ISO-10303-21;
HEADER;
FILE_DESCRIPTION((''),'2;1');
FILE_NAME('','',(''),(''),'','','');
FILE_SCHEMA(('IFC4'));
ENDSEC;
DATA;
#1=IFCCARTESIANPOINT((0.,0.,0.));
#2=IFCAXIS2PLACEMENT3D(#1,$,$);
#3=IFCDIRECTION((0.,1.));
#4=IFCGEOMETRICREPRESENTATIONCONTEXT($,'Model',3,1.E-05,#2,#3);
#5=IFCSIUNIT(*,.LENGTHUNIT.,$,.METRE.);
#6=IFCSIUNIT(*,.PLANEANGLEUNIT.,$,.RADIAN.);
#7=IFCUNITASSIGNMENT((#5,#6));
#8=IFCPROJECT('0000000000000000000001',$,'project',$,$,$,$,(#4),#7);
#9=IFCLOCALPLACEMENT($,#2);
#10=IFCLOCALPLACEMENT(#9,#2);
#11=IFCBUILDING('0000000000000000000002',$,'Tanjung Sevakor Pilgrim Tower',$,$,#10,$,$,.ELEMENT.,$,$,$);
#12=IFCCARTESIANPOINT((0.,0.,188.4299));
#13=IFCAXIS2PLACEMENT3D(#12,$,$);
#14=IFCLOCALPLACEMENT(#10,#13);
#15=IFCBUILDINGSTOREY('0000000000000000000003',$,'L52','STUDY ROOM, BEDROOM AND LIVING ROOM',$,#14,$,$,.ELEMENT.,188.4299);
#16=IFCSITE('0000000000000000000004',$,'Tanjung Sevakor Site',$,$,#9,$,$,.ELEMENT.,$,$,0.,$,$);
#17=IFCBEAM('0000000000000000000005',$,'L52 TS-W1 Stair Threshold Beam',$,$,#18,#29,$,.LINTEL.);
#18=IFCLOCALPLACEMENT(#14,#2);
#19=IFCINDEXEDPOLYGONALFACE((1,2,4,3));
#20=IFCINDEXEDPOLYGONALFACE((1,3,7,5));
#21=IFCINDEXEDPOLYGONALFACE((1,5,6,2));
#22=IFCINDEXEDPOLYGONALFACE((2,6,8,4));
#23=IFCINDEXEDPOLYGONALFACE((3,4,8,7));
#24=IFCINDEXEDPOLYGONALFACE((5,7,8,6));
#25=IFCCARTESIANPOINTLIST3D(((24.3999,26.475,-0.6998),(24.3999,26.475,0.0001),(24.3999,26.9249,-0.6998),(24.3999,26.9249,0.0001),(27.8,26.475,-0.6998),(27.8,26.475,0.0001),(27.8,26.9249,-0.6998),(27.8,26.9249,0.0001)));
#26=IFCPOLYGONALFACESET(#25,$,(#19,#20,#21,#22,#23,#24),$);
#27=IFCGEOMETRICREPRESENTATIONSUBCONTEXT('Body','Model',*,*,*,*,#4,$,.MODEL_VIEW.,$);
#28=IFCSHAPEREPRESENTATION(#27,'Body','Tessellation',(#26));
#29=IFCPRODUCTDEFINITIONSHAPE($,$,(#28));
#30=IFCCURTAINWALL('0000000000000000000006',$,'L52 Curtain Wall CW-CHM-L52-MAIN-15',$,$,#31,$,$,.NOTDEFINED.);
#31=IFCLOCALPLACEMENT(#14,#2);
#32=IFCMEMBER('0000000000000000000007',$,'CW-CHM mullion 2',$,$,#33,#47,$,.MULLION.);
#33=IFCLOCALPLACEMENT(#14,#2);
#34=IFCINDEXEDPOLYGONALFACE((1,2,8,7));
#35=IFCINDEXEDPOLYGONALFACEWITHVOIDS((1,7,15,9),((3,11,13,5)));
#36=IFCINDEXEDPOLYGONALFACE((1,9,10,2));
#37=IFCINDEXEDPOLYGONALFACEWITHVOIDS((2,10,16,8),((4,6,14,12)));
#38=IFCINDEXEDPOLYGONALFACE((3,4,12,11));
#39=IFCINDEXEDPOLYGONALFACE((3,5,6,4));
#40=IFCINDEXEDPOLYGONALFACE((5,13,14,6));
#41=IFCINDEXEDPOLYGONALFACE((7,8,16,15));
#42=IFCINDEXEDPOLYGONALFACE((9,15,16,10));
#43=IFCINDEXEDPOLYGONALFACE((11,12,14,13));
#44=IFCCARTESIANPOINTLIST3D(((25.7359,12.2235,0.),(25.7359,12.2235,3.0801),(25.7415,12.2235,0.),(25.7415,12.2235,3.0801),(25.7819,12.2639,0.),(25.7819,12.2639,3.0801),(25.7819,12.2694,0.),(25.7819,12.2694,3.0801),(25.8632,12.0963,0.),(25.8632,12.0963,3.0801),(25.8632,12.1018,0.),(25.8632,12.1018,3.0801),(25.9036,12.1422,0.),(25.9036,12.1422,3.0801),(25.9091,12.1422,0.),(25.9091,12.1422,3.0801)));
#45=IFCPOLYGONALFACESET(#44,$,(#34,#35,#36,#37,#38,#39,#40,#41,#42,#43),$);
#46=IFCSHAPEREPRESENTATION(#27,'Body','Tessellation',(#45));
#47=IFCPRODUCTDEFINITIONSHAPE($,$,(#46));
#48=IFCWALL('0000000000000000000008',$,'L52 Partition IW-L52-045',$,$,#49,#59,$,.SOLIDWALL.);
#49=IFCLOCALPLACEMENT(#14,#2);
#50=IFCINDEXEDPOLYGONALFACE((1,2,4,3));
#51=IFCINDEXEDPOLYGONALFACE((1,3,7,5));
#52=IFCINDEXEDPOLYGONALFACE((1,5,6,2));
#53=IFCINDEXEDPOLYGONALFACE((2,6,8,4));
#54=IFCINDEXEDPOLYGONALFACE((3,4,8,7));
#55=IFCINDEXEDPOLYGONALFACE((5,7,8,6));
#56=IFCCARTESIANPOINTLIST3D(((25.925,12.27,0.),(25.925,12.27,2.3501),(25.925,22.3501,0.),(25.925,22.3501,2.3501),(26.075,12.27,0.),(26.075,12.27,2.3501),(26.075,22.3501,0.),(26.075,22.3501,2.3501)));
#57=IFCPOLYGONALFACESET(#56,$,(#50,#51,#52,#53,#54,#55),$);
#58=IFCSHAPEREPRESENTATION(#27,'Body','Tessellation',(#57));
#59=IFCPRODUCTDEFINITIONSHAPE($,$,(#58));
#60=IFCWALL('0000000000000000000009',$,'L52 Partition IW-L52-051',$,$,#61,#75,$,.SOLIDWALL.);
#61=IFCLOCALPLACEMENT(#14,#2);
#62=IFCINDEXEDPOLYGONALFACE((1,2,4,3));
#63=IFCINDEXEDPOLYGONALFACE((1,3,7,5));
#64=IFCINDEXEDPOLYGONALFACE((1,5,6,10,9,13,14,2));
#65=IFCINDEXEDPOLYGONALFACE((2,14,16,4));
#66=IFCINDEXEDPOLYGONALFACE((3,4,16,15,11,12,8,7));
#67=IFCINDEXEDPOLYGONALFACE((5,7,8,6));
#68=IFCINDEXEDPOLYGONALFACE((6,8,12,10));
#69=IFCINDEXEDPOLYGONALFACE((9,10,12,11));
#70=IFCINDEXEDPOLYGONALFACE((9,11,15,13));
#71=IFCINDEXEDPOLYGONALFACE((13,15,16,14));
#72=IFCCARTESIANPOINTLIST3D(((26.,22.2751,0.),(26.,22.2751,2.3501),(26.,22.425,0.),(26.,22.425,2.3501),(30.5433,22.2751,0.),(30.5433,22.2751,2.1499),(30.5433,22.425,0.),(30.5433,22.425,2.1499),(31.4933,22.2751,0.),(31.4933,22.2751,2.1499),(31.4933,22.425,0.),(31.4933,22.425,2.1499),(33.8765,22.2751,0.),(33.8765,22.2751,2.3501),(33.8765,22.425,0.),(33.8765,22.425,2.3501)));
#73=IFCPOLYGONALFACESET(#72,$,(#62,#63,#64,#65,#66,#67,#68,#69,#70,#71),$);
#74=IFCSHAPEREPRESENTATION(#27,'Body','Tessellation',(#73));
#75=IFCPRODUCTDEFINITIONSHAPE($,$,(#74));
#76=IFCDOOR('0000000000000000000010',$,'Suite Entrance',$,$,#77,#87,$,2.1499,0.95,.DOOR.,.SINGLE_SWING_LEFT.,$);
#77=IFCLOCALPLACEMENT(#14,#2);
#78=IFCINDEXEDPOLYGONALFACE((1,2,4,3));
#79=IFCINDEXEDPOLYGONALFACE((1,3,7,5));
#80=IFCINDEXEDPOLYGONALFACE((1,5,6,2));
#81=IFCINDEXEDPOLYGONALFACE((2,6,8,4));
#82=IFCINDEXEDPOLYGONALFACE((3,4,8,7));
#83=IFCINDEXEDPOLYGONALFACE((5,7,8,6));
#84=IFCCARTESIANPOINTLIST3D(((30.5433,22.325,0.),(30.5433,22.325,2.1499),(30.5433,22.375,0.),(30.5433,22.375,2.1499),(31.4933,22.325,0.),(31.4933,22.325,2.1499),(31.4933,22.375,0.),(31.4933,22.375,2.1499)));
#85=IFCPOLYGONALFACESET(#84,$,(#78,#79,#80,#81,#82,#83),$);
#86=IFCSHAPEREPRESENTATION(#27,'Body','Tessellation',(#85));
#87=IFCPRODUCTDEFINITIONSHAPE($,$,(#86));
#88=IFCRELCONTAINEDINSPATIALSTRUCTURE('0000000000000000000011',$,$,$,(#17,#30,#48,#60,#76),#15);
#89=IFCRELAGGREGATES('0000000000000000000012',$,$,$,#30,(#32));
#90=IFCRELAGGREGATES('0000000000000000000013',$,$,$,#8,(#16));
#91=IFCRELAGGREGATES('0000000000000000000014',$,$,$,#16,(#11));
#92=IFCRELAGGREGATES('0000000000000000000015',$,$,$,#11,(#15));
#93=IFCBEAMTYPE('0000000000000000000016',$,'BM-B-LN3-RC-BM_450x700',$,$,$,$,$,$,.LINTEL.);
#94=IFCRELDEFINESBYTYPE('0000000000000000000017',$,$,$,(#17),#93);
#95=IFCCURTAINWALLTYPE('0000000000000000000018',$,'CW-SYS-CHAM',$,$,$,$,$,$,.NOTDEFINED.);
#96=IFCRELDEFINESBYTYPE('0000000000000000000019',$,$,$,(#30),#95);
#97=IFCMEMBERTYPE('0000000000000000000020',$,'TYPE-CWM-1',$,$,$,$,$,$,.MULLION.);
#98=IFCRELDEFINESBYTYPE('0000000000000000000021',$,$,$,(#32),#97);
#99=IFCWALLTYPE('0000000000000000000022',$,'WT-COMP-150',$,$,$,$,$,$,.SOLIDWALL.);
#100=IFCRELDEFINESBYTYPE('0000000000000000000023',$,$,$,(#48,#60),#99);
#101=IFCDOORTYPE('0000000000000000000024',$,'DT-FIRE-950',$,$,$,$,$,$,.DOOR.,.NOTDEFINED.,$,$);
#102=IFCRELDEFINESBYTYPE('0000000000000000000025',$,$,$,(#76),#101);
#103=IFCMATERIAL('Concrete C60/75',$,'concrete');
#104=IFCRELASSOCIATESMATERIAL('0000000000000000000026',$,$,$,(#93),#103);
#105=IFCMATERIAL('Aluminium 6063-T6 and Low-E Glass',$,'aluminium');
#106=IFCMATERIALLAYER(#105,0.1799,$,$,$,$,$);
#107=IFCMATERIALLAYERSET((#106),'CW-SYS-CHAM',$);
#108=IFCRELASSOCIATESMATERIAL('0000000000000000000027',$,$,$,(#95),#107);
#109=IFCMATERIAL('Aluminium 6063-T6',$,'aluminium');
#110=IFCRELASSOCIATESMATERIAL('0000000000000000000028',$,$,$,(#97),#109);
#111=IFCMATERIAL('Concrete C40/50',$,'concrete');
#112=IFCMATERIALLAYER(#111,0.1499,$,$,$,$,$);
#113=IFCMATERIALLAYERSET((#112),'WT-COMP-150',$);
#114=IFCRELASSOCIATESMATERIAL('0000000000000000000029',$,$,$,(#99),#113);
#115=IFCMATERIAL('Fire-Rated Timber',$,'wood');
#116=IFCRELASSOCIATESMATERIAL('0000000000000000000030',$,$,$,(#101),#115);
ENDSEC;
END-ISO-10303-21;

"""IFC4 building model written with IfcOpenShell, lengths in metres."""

from ifc_helpers import new_model, si_unit, direction, frame, frame_2d, origin, origin_2d, place, context, subcontext, project, spatial, rectangle, hollow_rectangle, extrude, material, layer, layer_set, material_profile, profile_set, type_object, element, fill, aggregate, save


model = new_model("IFC4")

# Units and contexts
model_context = context("Model", 3, precision=1e-05, world=origin(), true_north=direction((0.0, 1.0)))
body_context = subcontext(model_context, "Body", "Model", "MODEL_VIEW")
ifc_project = project(units=[si_unit("LENGTHUNIT", "METRE"), si_unit("PLANEANGLEUNIT", "RADIAN")], contexts=[model_context])

# Site, building, storey
site_placement = place(None, origin())
site = spatial("IfcSite", under=ifc_project, at=site_placement, Name="Tanjung Sevakor Site", CompositionType="ELEMENT", RefElevation=0.0)
building_placement = place(site_placement, origin())
building = spatial("IfcBuilding", under=site, at=building_placement, Name="Tanjung Sevakor Pilgrim Tower", CompositionType="ELEMENT")
storey_placement = place(building_placement, frame((0.0, 0.0, 188.4299)))
storey = spatial("IfcBuildingStorey", under=building, at=storey_placement, Name="L52", Description="STUDY ROOM, BEDROOM AND LIVING ROOM", CompositionType="ELEMENT", Elevation=188.4299)

# Beam
ifc_material_1 = material(Name="Concrete C60/75", Category="concrete")
ifc_material_profile_1 = material_profile(ifc_material_1, rectangle(XDim=0.45, YDim=0.7, at=origin_2d()))
ifc_profile_set_1 = profile_set([ifc_material_profile_1], Name="Concrete C60/75")
beam_type = type_object("IfcBeamType", Name="BM-B-LN3-RC-BM_450x700", PredefinedType="LINTEL", material=ifc_profile_set_1)
beam_placement = place(storey_placement, frame((24.3999, 26.7, -0.3499), z_axis=(1.0, 0.0, 0.0), x_axis=(0.0, 1.0, 0.0)))
element("IfcBeam", 1, at=beam_placement, inside=storey, type_object=beam_type, Name="L52 TS-W1 Stair Threshold Beam", PredefinedType="LINTEL", context=body_context, shape_type="SweptSolid", body=[
    extrude(rectangle(XDim=0.45, YDim=0.7, at=origin_2d()), origin(), (0.0, 0.0, 1.0), 3.4001),
])

# Curtain wall, member
ifc_material_2 = material(Name="Aluminium 6063-T6 and Low-E Glass", Category="aluminium")
ifc_layer_1 = layer(ifc_material_2, 0.1799)
ifc_layer_set_1 = layer_set([ifc_layer_1], Name="CW-SYS-CHAM")
curtain_wall_type = type_object("IfcCurtainWallType", Name="CW-SYS-CHAM", PredefinedType="NOTDEFINED", material=ifc_layer_set_1)
curtain_wall_placement = place(storey_placement, origin())
curtain_wall = element("IfcCurtainWall", 2, at=curtain_wall_placement, inside=storey, type_object=curtain_wall_type, Name="L52 Curtain Wall CW-CHM-L52-MAIN-15", PredefinedType="NOTDEFINED")
ifc_material_3 = material(Name="Aluminium 6063-T6", Category="aluminium")
ifc_material_profile_2 = material_profile(ifc_material_3, hollow_rectangle(XDim=0.0649, YDim=0.1799, WallThickness=0.0039, at=origin_2d()))
ifc_profile_set_2 = profile_set([ifc_material_profile_2], Name="Aluminium 6063-T6")
member_type = type_object("IfcMemberType", Name="TYPE-CWM-1", PredefinedType="MULLION", material=ifc_profile_set_2)
member_placement = place(storey_placement, frame((25.8225, 12.1829, 0.0), z_axis=(0.0, 0.0, 1.0), x_axis=(0.707107, 0.707107, 0.0)))
member = element("IfcMember", 3, at=member_placement, type_object=member_type, Name="CW-CHM mullion 2", PredefinedType="MULLION", context=body_context, shape_type="SweptSolid", body=[
    extrude(hollow_rectangle(XDim=0.0649, YDim=0.1799, WallThickness=0.0039, at=origin_2d()), origin(), (0.0, 0.0, 1.0), 3.0801),
])
aggregate(curtain_wall, [member])

# Wall
ifc_material_4 = material(Name="Concrete C40/50", Category="concrete")
ifc_layer_2 = layer(ifc_material_4, 0.1499)
ifc_layer_set_2 = layer_set([ifc_layer_2], Name="WT-COMP-150")
wall_type_1 = type_object("IfcWallType", Name="WT-COMP-150", PredefinedType="SOLIDWALL", material=ifc_layer_set_2)
wall_1_placement = place(storey_placement, frame((26.0, 12.27, 0.0), z_axis=(0.0, 0.0, 1.0), x_axis=(0.0, 1.0, 0.0)))
element("IfcWall", 4, at=wall_1_placement, inside=storey, type_object=wall_type_1, Name="L52 Partition IW-L52-045", PredefinedType="SOLIDWALL", context=body_context, shape_type="SweptSolid", body=[
    extrude(rectangle(XDim=10.0801, YDim=0.1499, at=frame_2d((5.04, 0.0))), origin(), (0.0, 0.0, 1.0), 2.3501),
])

# Wall, opening, door
wall_2_placement = place(storey_placement, frame((26.0, 22.3501, 0.0), z_axis=(0.0, 0.0, 1.0), x_axis=(1.0, 0.0, 0.0)))
wall_2 = element("IfcWall", 5, at=wall_2_placement, inside=storey, type_object=wall_type_1, Name="L52 Partition IW-L52-051", PredefinedType="SOLIDWALL", context=body_context, shape_type="SweptSolid", body=[
    extrude(rectangle(XDim=7.8765, YDim=0.1499, at=frame_2d((3.9382, 0.0))), origin(), (0.0, 0.0, 1.0), 2.3501),
])
opening_1_placement = place(wall_2_placement, frame((4.5432, 0.0, 0.0)))
opening_1 = element("IfcOpeningElement", 6, at=opening_1_placement, cuts=wall_2, PredefinedType="OPENING", context=body_context, shape_type="SweptSolid", body=[
    extrude(rectangle(XDim=0.95, YDim=2.1499, at=frame_2d((0.4751, 1.075))), frame((0.0, 0.085, 0.0), z_axis=(0.0, -1.0, 0.0), x_axis=(1.0, 0.0, 0.0)), (0.0, 0.0, 1.0), 0.1699),
])
ifc_material_5 = material(Name="Fire-Rated Timber", Category="wood")
door_type_1 = type_object("IfcDoorType", Name="DT-FIRE-950", OperationType="NOTDEFINED", PredefinedType="DOOR", material=ifc_material_5)
door_1_placement = place(opening_1_placement, origin())
door_1 = element("IfcDoor", 7, at=door_1_placement, inside=storey, type_object=door_type_1, Name="Suite Entrance", OperationType="SINGLE_SWING_LEFT", OverallHeight=2.1499, OverallWidth=0.95, PredefinedType="DOOR", context=body_context, shape_type="SweptSolid", body=[
    extrude(rectangle(XDim=0.95, YDim=2.1499, at=frame_2d((0.4751, 1.075))), frame((0.0, 0.0249, 0.0), z_axis=(0.0, -1.0, 0.0), x_axis=(1.0, 0.0, 0.0)), (0.0, 0.0, 1.0), 0.05),
])
fill(opening_1, door_1)

save(model, "model.ifc")
